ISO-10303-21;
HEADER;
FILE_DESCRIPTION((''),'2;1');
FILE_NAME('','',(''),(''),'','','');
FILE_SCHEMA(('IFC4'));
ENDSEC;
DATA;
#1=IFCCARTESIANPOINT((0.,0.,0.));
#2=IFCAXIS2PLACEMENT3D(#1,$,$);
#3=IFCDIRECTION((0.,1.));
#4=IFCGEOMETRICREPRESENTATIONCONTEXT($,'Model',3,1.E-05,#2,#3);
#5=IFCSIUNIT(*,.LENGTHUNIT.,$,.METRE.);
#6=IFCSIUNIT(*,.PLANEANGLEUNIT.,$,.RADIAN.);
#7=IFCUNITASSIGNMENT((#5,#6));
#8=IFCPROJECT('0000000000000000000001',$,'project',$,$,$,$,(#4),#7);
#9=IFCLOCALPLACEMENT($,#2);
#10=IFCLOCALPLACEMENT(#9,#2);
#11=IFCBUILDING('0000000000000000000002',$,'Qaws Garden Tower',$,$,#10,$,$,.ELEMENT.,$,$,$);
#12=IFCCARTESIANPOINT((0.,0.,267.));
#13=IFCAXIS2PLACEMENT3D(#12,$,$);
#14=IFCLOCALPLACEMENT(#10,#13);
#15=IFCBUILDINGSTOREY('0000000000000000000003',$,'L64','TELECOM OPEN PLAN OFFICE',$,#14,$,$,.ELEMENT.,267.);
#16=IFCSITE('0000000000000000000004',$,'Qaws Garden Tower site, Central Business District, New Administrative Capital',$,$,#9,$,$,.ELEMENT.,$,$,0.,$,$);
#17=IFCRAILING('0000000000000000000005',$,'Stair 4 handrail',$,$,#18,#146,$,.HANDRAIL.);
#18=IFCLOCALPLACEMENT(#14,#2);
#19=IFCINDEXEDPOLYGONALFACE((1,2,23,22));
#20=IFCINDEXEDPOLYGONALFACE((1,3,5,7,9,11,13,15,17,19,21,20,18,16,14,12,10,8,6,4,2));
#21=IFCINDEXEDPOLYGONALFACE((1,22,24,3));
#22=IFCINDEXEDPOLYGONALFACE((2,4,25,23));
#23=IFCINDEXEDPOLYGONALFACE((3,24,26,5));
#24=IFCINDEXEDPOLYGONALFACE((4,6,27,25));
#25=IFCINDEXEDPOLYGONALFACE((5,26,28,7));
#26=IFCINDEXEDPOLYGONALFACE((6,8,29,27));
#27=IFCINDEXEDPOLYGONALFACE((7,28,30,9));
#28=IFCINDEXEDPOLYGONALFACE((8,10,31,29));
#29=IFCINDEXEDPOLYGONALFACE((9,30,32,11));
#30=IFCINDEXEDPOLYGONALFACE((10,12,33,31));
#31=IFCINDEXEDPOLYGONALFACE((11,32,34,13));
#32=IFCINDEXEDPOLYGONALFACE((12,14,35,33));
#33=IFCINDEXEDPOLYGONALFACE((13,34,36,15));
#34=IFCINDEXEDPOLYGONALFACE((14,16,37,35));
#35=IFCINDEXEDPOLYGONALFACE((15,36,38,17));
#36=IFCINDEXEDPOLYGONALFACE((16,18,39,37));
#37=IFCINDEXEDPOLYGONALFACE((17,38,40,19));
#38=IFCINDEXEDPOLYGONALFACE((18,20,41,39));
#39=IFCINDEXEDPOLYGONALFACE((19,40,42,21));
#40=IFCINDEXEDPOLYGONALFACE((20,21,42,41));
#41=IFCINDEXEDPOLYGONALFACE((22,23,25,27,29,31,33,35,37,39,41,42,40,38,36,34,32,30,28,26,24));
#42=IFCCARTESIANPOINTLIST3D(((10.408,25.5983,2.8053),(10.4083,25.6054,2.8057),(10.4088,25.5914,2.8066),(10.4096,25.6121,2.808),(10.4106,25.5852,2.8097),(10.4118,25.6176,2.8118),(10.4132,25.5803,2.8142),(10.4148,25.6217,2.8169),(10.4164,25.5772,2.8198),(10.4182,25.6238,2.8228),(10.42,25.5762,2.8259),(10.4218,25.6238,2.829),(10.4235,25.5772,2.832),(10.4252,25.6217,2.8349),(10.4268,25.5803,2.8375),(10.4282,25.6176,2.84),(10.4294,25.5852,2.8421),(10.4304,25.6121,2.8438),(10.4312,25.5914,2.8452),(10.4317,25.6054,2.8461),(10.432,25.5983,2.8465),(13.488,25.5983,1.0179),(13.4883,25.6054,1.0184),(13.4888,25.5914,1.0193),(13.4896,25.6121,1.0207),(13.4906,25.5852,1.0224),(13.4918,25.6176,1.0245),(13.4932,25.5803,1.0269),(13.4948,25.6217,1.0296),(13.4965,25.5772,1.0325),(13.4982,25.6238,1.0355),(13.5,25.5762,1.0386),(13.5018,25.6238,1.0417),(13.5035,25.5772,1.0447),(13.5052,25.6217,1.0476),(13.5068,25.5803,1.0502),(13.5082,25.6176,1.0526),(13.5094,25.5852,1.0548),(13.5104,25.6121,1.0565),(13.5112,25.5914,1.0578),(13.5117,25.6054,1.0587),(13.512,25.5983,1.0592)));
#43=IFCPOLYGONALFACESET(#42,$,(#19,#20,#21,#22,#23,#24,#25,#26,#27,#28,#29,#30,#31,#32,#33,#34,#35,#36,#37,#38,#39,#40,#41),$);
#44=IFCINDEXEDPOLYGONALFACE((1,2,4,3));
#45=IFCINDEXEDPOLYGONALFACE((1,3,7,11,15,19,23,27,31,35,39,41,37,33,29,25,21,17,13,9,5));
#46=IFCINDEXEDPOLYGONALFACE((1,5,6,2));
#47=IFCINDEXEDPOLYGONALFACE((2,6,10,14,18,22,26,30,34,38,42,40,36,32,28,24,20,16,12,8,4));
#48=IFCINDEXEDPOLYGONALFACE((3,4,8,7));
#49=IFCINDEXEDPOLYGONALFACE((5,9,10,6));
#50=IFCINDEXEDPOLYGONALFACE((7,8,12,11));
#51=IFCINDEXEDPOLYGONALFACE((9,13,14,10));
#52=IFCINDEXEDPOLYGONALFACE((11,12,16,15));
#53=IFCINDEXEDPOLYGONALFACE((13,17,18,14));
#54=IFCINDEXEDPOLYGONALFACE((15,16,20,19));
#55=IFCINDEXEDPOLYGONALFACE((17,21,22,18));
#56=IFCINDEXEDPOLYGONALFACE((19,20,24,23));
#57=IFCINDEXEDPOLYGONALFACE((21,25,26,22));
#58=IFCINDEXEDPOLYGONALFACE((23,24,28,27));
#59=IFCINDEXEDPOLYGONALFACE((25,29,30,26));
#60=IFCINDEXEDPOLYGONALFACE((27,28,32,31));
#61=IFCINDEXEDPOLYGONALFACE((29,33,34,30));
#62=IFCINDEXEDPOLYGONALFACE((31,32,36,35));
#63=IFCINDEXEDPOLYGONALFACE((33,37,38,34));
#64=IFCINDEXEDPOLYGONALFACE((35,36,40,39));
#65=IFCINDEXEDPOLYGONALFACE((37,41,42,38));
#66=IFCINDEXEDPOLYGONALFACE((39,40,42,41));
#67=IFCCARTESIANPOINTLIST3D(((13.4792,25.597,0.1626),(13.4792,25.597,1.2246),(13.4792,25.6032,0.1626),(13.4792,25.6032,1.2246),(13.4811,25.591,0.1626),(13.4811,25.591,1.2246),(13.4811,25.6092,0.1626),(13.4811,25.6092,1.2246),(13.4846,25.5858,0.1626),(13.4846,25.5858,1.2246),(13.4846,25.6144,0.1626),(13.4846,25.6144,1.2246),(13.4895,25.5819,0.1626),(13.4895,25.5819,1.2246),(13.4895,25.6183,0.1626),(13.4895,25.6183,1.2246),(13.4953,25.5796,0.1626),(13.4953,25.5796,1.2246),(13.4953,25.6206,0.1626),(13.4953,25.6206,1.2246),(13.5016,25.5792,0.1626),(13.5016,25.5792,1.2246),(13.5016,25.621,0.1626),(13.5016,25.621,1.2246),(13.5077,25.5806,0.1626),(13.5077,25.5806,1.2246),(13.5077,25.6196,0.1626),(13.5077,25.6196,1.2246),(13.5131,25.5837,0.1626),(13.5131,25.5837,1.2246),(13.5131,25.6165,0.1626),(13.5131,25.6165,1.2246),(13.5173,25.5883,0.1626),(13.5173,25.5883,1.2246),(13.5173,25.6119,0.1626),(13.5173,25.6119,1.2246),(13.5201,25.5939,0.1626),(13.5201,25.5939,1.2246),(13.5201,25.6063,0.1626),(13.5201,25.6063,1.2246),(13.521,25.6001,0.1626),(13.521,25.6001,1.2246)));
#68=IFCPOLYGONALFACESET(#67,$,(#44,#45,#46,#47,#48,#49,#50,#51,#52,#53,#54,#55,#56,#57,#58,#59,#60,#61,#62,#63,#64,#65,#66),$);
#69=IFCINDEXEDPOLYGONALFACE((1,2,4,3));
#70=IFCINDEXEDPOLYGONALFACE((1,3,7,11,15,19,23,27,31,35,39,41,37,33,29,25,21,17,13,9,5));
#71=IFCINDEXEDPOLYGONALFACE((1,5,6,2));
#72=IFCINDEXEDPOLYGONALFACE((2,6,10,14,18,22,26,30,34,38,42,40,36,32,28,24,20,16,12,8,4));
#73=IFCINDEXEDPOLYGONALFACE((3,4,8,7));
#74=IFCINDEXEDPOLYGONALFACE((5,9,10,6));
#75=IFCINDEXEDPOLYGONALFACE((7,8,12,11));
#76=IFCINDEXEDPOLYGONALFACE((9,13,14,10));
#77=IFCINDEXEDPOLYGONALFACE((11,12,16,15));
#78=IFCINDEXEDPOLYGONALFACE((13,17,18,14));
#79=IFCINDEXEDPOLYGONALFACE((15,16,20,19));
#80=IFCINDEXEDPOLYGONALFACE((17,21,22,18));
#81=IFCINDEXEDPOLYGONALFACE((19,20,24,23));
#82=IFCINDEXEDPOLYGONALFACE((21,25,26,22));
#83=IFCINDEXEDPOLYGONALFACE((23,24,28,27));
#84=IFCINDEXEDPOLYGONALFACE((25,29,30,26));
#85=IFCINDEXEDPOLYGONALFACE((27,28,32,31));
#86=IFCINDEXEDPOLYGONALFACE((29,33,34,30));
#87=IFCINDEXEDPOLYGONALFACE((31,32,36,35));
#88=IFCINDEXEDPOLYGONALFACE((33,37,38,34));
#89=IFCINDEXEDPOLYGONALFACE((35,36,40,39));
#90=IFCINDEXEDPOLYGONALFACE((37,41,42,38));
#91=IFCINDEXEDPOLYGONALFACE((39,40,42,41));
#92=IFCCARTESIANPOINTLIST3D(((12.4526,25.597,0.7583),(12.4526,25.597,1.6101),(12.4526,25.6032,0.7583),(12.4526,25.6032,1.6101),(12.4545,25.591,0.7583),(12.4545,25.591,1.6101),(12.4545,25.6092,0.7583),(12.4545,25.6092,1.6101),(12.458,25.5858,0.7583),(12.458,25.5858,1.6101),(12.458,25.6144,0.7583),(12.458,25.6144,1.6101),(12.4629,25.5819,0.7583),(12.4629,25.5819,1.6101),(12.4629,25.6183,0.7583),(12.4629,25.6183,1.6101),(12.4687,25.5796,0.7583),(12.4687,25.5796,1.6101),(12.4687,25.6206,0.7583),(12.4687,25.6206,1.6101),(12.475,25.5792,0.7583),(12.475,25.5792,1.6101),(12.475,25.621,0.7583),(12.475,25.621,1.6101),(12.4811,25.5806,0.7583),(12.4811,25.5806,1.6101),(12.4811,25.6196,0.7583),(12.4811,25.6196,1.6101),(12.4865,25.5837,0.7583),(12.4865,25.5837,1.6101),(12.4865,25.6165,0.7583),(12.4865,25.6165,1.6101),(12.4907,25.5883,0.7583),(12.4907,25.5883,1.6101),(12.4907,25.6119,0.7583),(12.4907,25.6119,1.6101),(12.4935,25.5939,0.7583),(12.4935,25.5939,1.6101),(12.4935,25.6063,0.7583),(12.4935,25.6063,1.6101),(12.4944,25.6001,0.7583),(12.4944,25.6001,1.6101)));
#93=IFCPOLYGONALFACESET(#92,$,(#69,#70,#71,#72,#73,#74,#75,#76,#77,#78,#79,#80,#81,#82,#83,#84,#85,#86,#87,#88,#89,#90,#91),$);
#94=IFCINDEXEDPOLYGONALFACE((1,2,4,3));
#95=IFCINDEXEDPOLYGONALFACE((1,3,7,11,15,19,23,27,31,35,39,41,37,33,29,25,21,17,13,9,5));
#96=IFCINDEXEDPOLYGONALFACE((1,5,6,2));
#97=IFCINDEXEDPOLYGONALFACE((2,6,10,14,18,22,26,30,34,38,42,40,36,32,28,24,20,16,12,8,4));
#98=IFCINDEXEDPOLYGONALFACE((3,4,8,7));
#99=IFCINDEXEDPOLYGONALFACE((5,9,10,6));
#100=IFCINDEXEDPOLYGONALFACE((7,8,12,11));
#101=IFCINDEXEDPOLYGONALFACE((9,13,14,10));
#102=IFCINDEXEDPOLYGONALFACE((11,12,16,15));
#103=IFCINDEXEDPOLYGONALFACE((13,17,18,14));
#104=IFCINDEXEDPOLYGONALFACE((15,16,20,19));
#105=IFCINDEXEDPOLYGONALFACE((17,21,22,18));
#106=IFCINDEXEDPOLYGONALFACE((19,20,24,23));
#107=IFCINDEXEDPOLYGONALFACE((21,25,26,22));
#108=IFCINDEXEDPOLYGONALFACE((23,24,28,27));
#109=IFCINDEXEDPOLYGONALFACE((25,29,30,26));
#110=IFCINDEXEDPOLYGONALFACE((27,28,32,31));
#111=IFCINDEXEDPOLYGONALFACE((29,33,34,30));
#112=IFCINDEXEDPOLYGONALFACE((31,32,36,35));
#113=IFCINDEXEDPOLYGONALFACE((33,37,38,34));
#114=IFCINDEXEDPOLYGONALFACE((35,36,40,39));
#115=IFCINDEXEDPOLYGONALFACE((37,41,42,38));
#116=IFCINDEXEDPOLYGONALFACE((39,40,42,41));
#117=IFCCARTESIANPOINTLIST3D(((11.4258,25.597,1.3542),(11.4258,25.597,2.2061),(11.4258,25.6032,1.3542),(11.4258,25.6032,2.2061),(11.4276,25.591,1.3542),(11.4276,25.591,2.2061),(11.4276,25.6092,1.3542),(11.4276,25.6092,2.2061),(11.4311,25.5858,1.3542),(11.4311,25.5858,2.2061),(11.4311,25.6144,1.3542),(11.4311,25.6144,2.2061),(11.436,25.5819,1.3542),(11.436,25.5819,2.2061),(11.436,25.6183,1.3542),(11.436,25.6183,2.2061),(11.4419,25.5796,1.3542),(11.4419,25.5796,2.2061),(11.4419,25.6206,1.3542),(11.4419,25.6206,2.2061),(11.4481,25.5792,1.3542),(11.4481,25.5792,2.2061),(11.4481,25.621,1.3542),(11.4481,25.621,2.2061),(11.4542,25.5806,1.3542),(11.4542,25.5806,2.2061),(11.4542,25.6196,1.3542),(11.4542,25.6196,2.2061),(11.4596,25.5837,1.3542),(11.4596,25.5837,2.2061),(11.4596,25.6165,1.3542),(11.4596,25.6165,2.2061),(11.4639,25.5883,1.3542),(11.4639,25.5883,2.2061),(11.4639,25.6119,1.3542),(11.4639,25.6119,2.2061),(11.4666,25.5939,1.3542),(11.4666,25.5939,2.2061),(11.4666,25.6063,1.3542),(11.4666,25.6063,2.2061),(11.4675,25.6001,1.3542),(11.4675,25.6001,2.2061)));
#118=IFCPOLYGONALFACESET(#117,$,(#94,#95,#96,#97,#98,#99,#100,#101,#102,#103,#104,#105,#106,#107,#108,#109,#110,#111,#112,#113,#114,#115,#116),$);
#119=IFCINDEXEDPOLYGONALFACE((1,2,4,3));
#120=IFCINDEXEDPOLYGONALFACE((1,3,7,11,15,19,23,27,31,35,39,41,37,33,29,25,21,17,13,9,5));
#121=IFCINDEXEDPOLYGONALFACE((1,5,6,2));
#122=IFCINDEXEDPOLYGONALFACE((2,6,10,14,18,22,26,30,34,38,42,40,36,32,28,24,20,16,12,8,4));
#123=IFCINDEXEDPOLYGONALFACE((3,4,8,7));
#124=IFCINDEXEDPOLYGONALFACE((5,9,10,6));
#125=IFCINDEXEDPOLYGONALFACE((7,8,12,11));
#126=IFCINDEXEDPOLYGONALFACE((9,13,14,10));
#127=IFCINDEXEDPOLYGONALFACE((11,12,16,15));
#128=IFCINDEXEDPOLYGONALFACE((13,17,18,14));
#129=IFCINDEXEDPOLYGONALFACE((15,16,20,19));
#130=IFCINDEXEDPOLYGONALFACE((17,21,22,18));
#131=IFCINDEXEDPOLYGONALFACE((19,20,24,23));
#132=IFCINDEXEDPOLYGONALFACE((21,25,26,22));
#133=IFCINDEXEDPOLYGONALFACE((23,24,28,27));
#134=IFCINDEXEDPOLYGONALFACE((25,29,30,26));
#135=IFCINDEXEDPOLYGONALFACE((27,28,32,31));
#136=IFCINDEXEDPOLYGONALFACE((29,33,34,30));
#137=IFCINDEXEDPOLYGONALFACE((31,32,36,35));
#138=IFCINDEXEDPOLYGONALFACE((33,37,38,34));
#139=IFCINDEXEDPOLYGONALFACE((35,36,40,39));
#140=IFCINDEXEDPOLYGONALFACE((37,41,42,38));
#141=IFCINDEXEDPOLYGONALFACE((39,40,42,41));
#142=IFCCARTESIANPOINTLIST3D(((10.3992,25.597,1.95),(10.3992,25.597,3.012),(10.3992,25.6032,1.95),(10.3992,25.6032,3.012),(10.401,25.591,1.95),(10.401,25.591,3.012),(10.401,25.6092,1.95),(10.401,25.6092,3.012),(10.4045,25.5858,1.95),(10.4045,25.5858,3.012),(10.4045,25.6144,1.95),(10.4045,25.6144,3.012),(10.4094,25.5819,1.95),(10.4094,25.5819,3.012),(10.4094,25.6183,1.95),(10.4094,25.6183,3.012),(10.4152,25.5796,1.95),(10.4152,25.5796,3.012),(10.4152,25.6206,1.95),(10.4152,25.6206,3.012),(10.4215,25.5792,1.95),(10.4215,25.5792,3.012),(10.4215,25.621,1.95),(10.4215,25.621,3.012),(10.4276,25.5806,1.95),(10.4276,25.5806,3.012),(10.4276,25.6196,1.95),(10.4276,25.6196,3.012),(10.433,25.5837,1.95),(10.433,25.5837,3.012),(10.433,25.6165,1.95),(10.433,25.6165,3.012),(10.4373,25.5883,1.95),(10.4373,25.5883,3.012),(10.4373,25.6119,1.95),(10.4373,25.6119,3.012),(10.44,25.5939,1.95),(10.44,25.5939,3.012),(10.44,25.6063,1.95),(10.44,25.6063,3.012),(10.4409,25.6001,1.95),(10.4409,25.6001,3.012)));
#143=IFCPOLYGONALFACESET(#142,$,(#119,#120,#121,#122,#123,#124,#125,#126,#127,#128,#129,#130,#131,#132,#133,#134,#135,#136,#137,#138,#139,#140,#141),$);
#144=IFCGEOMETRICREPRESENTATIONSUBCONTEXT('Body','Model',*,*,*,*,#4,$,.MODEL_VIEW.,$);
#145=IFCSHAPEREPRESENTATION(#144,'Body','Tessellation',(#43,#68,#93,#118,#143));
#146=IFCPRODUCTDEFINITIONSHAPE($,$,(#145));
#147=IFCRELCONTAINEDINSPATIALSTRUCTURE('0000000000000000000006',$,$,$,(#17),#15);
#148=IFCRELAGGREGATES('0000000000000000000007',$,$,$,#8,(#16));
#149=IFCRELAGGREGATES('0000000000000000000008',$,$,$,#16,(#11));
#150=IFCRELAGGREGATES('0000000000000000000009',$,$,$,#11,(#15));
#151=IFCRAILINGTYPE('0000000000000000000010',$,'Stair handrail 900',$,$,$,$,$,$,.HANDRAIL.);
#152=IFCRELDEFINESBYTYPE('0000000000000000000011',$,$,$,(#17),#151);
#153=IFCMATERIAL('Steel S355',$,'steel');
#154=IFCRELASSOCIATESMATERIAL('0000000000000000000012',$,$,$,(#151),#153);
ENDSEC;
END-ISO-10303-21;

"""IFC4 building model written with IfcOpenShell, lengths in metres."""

from ifc_helpers import new_model, si_unit, direction, frame, origin, origin_2d, place, context, subcontext, project, spatial, circle, extrude, material, type_object, element, save


model = new_model("IFC4")

# Units and contexts
model_context = context("Model", 3, precision=1e-05, world=origin(), true_north=direction((0.0, 1.0)))
body_context = subcontext(model_context, "Body", "Model", "MODEL_VIEW")
ifc_project = project(units=[si_unit("LENGTHUNIT", "METRE"), si_unit("PLANEANGLEUNIT", "RADIAN")], contexts=[model_context])

# Site, building, storey
site_placement = place(None, origin())
site = spatial("IfcSite", under=ifc_project, at=site_placement, Name="Qaws Garden Tower site, Central Business District, New Administrative Capital", CompositionType="ELEMENT", RefElevation=0.0)
building_placement = place(site_placement, origin())
building = spatial("IfcBuilding", under=site, at=building_placement, Name="Qaws Garden Tower", CompositionType="ELEMENT")
storey_placement = place(building_placement, frame((0.0, 0.0, 267.0)))
storey = spatial("IfcBuildingStorey", under=building, at=storey_placement, Name="L64", Description="TELECOM OPEN PLAN OFFICE", CompositionType="ELEMENT", Elevation=267.0)

# Railing
ifc_material_1 = material(Name="Steel S355", Category="steel")
railing_type = type_object("IfcRailingType", Name="Stair handrail 900", PredefinedType="HANDRAIL", material=ifc_material_1)
railing_1_placement = place(storey_placement, frame((13.5, 25.6001, 0.1626)))
element("IfcRailing", 1, at=railing_1_placement, inside=storey, type_object=railing_type, Name="Stair 4 handrail", PredefinedType="HANDRAIL", context=body_context, shape_type="SweptSolid", body=[
    extrude(circle(Radius=0.0239, at=origin_2d()), frame((0.0, 0.0, 0.876), z_axis=(-0.86492, 0.0, 0.501909), x_axis=(0.0, -1.0, 0.0)), (0.0, 0.0, 1.0), 3.561),
    extrude(circle(Radius=0.021, at=origin_2d()), origin(), (0.0, 0.0, 1.0), 1.062),
    extrude(circle(Radius=0.021, at=origin_2d()), frame((-1.0266, 0.0, 0.5957)), (0.0, 0.0, 1.0), 0.8518),
    extrude(circle(Radius=0.021, at=origin_2d()), frame((-2.0535, 0.0, 1.1917)), (0.0, 0.0, 1.0), 0.8518),
    extrude(circle(Radius=0.021, at=origin_2d()), frame((-3.0801, 0.0, 1.7874)), (0.0, 0.0, 1.0), 1.062),
])

save(model, "model.ifc")
